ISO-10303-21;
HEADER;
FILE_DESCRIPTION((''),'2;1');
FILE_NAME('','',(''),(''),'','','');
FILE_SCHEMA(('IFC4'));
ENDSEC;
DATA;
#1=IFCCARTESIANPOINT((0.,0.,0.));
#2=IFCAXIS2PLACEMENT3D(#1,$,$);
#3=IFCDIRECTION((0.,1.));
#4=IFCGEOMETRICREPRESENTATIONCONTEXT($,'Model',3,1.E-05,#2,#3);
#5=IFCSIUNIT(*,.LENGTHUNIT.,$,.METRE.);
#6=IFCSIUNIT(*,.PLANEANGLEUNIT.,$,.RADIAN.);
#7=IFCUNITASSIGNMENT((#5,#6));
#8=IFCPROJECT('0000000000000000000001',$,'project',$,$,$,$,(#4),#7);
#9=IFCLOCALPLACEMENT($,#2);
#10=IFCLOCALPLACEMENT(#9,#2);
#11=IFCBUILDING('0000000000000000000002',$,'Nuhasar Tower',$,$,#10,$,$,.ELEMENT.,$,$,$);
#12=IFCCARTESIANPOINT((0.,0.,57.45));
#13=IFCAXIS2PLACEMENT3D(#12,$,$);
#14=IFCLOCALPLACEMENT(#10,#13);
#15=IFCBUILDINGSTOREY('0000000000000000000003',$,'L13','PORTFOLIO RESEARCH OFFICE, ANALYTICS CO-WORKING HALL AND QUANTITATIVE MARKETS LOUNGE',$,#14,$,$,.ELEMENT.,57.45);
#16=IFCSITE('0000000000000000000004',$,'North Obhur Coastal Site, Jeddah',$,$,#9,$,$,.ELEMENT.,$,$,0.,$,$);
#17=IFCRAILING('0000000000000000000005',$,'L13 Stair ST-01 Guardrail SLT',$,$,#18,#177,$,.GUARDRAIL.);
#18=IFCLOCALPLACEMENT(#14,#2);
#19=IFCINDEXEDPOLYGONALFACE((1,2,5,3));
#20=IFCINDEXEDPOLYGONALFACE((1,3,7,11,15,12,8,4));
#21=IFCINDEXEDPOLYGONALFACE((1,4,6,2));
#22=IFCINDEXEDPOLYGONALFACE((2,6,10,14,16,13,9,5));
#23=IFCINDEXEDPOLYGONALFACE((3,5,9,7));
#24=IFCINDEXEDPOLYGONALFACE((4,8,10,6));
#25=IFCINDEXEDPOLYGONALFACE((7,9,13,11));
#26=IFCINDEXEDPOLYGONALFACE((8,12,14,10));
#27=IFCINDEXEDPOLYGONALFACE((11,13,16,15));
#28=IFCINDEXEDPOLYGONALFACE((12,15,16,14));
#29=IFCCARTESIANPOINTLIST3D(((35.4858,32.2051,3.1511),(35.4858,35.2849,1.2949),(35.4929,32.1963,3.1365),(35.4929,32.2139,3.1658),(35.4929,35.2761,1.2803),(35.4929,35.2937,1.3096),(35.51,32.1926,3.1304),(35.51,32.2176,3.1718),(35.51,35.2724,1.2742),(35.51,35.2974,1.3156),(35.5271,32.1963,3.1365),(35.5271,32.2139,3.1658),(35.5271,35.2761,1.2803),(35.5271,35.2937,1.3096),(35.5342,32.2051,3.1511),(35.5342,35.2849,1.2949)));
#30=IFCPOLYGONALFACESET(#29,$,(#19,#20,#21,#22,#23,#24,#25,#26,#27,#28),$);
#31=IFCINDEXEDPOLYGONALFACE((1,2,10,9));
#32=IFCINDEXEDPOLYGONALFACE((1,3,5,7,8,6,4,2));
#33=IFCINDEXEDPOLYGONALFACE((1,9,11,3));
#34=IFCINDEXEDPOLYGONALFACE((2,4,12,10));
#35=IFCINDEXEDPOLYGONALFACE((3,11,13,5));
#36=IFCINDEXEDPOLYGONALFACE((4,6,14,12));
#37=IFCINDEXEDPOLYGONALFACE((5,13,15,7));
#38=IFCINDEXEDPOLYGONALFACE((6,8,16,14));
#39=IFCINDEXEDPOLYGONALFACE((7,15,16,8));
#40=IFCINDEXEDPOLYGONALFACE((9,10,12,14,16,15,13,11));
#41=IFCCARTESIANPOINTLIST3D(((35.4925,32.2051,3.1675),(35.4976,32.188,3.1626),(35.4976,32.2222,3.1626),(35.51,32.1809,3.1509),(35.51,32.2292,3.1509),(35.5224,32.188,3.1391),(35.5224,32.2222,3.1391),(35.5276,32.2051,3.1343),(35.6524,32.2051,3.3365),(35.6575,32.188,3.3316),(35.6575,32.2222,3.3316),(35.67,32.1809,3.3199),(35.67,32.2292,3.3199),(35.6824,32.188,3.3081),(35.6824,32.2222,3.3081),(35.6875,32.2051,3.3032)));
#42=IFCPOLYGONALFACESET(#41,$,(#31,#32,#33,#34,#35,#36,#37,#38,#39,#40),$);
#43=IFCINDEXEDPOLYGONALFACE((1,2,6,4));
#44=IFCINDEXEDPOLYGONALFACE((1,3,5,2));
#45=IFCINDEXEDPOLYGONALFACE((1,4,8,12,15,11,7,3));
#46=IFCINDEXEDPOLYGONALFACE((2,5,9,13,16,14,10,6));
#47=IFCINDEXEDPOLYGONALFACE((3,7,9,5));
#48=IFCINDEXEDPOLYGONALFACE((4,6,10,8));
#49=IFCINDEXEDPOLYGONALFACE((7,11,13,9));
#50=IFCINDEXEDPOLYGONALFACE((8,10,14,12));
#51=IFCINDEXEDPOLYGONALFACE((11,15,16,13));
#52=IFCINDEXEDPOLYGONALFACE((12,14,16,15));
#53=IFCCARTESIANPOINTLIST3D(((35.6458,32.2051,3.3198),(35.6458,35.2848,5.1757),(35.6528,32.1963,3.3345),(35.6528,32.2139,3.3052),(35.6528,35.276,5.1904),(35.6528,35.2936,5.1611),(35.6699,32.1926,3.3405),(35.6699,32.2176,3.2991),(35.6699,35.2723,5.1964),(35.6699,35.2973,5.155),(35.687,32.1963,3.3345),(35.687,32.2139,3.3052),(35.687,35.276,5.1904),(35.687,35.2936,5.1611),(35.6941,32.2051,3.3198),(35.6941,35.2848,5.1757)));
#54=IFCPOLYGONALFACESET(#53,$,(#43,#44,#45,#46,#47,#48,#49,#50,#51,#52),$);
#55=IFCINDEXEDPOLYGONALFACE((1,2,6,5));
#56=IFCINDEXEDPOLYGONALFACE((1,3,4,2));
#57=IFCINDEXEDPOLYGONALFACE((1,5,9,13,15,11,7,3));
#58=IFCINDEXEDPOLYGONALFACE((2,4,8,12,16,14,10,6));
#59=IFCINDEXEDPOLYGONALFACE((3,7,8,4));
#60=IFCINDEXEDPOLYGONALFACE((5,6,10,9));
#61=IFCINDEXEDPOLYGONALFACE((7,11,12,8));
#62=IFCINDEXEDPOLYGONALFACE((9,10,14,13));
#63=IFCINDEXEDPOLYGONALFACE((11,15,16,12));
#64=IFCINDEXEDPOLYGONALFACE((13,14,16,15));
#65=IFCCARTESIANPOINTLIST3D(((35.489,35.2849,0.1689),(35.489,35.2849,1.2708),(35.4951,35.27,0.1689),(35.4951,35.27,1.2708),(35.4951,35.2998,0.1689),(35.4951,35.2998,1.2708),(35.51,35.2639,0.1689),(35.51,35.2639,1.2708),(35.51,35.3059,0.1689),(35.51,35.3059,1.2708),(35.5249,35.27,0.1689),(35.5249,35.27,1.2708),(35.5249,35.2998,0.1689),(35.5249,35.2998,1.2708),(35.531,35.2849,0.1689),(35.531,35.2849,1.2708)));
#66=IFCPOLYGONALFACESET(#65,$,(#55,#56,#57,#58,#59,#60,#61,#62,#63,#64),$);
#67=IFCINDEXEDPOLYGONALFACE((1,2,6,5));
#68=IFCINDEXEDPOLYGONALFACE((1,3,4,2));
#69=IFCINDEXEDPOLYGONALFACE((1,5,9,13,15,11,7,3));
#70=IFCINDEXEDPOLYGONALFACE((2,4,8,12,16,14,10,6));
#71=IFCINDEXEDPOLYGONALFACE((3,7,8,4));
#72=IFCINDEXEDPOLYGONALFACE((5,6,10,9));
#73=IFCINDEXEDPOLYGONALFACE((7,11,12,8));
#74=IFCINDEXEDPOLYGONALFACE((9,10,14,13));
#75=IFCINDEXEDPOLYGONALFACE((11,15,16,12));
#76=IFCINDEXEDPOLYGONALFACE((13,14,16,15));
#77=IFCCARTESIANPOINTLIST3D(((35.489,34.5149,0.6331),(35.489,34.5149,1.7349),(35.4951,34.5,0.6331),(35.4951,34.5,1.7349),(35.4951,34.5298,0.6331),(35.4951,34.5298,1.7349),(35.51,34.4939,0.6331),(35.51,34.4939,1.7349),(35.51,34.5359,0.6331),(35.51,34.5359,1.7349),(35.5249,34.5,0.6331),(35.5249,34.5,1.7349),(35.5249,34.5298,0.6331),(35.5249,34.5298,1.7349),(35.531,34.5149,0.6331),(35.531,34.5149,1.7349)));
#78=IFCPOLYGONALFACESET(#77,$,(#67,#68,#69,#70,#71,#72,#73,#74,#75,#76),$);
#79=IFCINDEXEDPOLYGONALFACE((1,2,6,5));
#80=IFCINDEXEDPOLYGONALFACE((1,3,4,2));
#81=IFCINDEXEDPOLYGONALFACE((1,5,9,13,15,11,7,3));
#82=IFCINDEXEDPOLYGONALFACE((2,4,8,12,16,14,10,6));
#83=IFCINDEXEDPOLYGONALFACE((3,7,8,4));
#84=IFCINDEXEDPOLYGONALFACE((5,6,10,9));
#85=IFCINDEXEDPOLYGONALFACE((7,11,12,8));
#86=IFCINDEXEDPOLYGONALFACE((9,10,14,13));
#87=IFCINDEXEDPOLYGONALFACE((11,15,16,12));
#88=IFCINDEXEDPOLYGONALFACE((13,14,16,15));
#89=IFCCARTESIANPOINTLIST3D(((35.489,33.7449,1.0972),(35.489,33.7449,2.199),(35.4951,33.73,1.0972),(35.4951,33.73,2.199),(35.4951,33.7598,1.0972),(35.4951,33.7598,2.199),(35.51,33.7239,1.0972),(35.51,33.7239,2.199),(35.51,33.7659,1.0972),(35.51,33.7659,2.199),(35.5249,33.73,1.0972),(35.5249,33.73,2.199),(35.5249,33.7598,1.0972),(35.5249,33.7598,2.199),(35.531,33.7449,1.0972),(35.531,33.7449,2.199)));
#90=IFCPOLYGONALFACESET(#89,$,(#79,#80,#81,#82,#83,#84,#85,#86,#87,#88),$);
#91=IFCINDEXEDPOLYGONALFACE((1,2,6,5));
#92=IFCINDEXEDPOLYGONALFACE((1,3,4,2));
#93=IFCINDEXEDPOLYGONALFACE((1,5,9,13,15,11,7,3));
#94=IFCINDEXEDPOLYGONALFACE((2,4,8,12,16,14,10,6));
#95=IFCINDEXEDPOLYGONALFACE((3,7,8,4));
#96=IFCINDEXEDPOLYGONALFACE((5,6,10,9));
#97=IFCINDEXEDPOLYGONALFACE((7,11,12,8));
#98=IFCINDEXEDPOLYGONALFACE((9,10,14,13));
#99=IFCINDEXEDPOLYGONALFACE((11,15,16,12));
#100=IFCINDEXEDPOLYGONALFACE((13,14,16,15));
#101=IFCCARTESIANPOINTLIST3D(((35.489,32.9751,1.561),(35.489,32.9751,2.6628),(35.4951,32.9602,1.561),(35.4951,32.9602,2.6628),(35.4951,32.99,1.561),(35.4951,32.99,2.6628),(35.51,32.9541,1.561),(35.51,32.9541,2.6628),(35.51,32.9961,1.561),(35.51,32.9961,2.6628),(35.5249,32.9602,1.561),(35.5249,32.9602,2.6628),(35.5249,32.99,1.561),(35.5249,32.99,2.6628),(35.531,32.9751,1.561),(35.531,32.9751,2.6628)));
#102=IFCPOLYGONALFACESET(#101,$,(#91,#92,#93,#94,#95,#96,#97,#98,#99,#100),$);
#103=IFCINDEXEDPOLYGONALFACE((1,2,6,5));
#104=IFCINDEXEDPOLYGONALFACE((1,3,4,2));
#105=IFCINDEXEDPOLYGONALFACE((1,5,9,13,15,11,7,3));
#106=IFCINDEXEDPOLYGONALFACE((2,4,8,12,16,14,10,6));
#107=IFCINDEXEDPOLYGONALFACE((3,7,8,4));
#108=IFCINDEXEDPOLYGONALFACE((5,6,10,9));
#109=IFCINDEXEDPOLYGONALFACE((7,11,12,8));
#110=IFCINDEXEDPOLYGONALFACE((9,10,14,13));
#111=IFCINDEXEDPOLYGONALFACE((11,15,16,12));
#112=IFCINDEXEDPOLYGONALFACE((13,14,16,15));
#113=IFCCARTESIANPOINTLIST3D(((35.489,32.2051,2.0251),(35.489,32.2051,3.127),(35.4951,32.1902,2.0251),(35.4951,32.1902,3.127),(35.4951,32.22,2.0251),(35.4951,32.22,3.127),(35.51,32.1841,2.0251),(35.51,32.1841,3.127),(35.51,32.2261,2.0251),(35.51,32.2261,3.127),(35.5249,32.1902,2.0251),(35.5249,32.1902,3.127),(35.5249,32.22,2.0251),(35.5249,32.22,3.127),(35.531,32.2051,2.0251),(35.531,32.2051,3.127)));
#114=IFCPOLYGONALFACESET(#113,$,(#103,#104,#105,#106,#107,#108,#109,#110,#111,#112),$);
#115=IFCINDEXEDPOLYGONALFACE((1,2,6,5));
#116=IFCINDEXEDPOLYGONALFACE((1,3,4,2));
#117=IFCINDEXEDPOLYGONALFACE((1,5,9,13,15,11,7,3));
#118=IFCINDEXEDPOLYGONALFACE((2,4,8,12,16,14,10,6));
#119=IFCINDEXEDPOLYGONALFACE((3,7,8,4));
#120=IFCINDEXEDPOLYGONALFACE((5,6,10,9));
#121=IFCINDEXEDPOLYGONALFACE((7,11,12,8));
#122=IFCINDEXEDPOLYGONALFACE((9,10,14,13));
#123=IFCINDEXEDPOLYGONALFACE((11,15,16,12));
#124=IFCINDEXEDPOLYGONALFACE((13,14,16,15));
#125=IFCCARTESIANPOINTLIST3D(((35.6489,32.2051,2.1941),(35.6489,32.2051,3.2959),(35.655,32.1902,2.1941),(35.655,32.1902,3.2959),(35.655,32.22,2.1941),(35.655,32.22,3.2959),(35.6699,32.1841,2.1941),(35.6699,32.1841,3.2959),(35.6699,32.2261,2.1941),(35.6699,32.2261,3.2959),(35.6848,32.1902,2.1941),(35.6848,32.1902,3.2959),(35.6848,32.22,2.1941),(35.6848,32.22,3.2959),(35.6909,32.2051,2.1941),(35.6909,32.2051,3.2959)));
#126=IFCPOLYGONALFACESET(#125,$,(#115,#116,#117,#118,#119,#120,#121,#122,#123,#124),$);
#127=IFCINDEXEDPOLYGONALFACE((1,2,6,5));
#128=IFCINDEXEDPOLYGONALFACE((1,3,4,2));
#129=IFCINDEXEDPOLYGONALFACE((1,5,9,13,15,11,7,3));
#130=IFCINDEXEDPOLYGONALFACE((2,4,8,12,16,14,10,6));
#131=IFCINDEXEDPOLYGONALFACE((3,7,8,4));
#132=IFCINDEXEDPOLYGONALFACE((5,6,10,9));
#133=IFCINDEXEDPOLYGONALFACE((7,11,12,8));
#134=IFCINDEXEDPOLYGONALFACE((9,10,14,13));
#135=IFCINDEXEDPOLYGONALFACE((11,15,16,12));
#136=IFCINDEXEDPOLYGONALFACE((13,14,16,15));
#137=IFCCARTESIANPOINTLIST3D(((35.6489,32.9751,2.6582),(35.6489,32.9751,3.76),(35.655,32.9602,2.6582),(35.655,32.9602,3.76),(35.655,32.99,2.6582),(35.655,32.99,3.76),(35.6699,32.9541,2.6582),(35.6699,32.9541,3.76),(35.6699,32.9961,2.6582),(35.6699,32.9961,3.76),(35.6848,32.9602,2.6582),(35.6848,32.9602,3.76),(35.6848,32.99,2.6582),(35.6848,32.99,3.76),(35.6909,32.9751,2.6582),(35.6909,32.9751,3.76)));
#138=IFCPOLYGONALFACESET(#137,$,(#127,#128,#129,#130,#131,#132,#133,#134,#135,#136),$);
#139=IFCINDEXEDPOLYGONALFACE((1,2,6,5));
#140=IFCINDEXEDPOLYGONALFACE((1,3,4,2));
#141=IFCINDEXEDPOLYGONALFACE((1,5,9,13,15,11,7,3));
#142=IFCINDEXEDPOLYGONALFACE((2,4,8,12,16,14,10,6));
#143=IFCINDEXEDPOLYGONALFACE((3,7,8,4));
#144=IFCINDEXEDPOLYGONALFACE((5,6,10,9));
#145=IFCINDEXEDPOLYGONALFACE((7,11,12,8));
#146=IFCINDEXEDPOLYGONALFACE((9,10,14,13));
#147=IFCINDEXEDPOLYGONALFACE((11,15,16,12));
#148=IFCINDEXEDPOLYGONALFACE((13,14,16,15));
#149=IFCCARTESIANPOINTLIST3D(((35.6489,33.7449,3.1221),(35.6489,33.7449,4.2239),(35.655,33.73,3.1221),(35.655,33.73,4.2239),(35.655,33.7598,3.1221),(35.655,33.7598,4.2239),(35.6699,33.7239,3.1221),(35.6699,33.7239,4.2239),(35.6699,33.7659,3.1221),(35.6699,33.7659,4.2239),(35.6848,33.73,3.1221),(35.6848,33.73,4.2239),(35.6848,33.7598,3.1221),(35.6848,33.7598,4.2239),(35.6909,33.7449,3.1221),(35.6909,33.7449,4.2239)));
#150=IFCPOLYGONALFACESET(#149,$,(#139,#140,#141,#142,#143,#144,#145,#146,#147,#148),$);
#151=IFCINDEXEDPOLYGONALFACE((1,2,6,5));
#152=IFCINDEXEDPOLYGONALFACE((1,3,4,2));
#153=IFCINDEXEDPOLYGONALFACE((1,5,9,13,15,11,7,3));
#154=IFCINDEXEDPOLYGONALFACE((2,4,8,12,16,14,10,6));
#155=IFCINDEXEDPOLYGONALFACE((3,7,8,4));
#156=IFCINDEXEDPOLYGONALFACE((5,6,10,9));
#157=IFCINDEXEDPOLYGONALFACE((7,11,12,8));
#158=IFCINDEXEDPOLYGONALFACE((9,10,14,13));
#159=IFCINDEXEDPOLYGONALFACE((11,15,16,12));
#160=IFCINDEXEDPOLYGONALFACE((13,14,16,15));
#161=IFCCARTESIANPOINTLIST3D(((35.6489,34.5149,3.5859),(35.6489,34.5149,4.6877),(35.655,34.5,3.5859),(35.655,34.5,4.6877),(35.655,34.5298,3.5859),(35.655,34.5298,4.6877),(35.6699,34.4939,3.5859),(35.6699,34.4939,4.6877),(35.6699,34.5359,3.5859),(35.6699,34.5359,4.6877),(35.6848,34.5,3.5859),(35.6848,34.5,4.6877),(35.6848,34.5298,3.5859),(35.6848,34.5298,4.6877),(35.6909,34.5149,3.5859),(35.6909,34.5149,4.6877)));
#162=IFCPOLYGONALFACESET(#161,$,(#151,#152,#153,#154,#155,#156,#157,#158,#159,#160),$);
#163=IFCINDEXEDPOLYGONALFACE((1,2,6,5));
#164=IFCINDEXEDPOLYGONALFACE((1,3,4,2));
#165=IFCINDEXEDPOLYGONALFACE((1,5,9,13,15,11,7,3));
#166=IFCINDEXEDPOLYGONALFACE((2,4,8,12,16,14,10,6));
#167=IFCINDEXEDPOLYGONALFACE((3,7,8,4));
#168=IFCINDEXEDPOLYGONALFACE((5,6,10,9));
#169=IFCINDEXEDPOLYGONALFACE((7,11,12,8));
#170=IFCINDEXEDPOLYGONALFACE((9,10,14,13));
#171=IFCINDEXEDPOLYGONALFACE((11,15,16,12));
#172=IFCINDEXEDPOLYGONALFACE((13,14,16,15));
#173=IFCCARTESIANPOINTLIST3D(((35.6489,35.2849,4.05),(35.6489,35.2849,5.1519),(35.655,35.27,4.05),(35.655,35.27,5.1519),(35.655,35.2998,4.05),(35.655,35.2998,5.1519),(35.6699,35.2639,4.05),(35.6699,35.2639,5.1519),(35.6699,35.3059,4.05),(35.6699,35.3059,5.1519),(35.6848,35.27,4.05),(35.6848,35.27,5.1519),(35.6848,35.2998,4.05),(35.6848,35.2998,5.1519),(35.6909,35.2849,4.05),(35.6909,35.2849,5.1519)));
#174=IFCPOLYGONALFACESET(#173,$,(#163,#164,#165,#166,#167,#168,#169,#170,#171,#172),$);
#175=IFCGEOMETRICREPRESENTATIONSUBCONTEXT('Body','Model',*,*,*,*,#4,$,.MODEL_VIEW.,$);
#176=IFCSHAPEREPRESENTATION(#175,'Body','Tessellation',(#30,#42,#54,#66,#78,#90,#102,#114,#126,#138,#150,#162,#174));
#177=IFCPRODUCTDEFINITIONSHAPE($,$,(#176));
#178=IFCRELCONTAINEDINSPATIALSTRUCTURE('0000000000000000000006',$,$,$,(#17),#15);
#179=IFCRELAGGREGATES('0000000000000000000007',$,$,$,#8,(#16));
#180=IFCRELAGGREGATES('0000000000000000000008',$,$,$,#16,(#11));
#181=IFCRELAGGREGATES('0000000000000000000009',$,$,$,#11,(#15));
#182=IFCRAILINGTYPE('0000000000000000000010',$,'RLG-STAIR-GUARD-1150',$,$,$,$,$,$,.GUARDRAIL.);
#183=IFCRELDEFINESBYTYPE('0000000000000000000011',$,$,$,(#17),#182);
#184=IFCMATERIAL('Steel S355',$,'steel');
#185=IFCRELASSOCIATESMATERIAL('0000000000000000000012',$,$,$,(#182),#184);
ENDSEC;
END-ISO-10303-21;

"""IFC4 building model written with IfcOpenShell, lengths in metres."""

from ifc_helpers import new_model, si_unit, direction, frame, origin, place, context, subcontext, project, spatial, polyline, outline, extrude, material, type_object, element, save


model = new_model("IFC4")

# Units and contexts
model_context = context("Model", 3, precision=1e-05, world=origin(), true_north=direction((0.0, 1.0)))
body_context = subcontext(model_context, "Body", "Model", "MODEL_VIEW")
ifc_project = project(units=[si_unit("LENGTHUNIT", "METRE"), si_unit("PLANEANGLEUNIT", "RADIAN")], contexts=[model_context])

# Site, building, storey
site_placement = place(None, origin())
site = spatial("IfcSite", under=ifc_project, at=site_placement, Name="North Obhur Coastal Site, Jeddah", CompositionType="ELEMENT", RefElevation=0.0)
building_placement = place(site_placement, origin())
building = spatial("IfcBuilding", under=site, at=building_placement, Name="Nuhasar Tower", CompositionType="ELEMENT")
storey_placement = place(building_placement, frame((0.0, 0.0, 57.45)))
storey = spatial("IfcBuildingStorey", under=building, at=storey_placement, Name="L13", Description="PORTFOLIO RESEARCH OFFICE, ANALYTICS CO-WORKING HALL AND QUANTITATIVE MARKETS LOUNGE", CompositionType="ELEMENT", Elevation=57.45)

# Shared definitions
ifc_material_1 = material(Name="Steel S355", Category="steel")

# Railing
railing_type_1 = type_object("IfcRailingType", Name="RLG-STAIR-GUARD-1150", PredefinedType="GUARDRAIL", material=ifc_material_1)
railing_1_placement = place(storey_placement, frame((35.51, 35.2849, 0.1689)))
element("IfcRailing", 1, at=railing_1_placement, inside=storey, type_object=railing_type_1, Name="L13 Stair ST-01 Guardrail SLT", PredefinedType="GUARDRAIL", context=body_context, shape_type="SweptSolid", body=[
    extrude(outline(polyline([(0.0242, 0.0), (0.0171, 0.0171), (0.0, 0.0242), (-0.0171, 0.0171), (-0.0242, 0.0), (-0.0171, -0.0171), (0.0, -0.0242), (0.0171, -0.0171), (0.0242, 0.0)])), frame((0.0, 0.0, 1.126), z_axis=(0.0, -0.856473, 0.516192), x_axis=(1.0, 0.0, 0.0)), (0.0, 0.0, 1.0), 3.5959),
    extrude(outline(polyline([(0.0242, 0.0), (0.0171, 0.0171), (0.0, 0.0242), (-0.0171, 0.0171), (-0.0242, 0.0), (-0.0171, -0.0171), (0.0, -0.0242), (0.0171, -0.0171), (0.0242, 0.0)])), frame((0.0, -3.0798, 2.9819), z_axis=(0.687424, 0.0, 0.726256), x_axis=(0.0, 1.0, 0.0)), (0.0, 0.0, 1.0), 0.2327),
    extrude(outline(polyline([(0.0242, 0.0), (0.0171, 0.0171), (0.0, 0.0242), (-0.0171, 0.0171), (-0.0242, 0.0), (-0.0171, -0.0171), (0.0, -0.0242), (0.0171, -0.0171), (0.0242, 0.0)])), frame((0.1599, -3.0798, 3.1509), z_axis=(0.0, 0.856503, 0.516142), x_axis=(-1.0, 0.0, 0.0)), (0.0, 0.0, 1.0), 3.5957),
    extrude(outline(polyline([(0.021, 0.0), (0.0149, 0.0149), (0.0, 0.021), (-0.0149, 0.0149), (-0.021, 0.0), (-0.0149, -0.0149), (0.0, -0.021), (0.0149, -0.0149), (0.021, 0.0)])), origin(), (0.0, 0.0, 1.0), 1.1018),
    extrude(outline(polyline([(0.021, 0.0), (0.0149, 0.0149), (0.0, 0.021), (-0.0149, 0.0149), (-0.021, 0.0), (-0.0149, -0.0149), (0.0, -0.021), (0.0149, -0.0149), (0.021, 0.0)])), frame((0.0, -0.77, 0.4641)), (0.0, 0.0, 1.0), 1.1018),
    extrude(outline(polyline([(0.021, 0.0), (0.0149, 0.0149), (0.0, 0.021), (-0.0149, 0.0149), (-0.021, 0.0), (-0.0149, -0.0149), (0.0, -0.021), (0.0149, -0.0149), (0.021, 0.0)])), frame((0.0, -1.54, 0.9282)), (0.0, 0.0, 1.0), 1.1018),
    extrude(outline(polyline([(0.021, 0.0), (0.0149, 0.0149), (0.0, 0.021), (-0.0149, 0.0149), (-0.021, 0.0), (-0.0149, -0.0149), (0.0, -0.021), (0.0149, -0.0149), (0.021, 0.0)])), frame((0.0, -2.3098, 1.3921)), (0.0, 0.0, 1.0), 1.1018),
    extrude(outline(polyline([(0.021, 0.0), (0.0149, 0.0149), (0.0, 0.021), (-0.0149, 0.0149), (-0.021, 0.0), (-0.0149, -0.0149), (0.0, -0.021), (0.0149, -0.0149), (0.021, 0.0)])), frame((0.0, -3.0798, 1.8562)), (0.0, 0.0, 1.0), 1.1018),
    extrude(outline(polyline([(0.021, 0.0), (0.0149, 0.0149), (0.0, 0.021), (-0.0149, 0.0149), (-0.021, 0.0), (-0.0149, -0.0149), (0.0, -0.021), (0.0149, -0.0149), (0.021, 0.0)])), frame((0.1599, -3.0798, 2.0251)), (0.0, 0.0, 1.0), 1.1018),
    extrude(outline(polyline([(0.021, 0.0), (0.0149, 0.0149), (0.0, 0.021), (-0.0149, 0.0149), (-0.021, 0.0), (-0.0149, -0.0149), (0.0, -0.021), (0.0149, -0.0149), (0.021, 0.0)])), frame((0.1599, -2.3098, 2.4893)), (0.0, 0.0, 1.0), 1.1018),
    extrude(outline(polyline([(0.021, 0.0), (0.0149, 0.0149), (0.0, 0.021), (-0.0149, 0.0149), (-0.021, 0.0), (-0.0149, -0.0149), (0.0, -0.021), (0.0149, -0.0149), (0.021, 0.0)])), frame((0.1599, -1.54, 2.9531)), (0.0, 0.0, 1.0), 1.1018),
    extrude(outline(polyline([(0.021, 0.0), (0.0149, 0.0149), (0.0, 0.021), (-0.0149, 0.0149), (-0.021, 0.0), (-0.0149, -0.0149), (0.0, -0.021), (0.0149, -0.0149), (0.021, 0.0)])), frame((0.1599, -0.77, 3.417)), (0.0, 0.0, 1.0), 1.1018),
    extrude(outline(polyline([(0.021, 0.0), (0.0149, 0.0149), (0.0, 0.021), (-0.0149, 0.0149), (-0.021, 0.0), (-0.0149, -0.0149), (0.0, -0.021), (0.0149, -0.0149), (0.021, 0.0)])), frame((0.1599, 0.0, 3.8811)), (0.0, 0.0, 1.0), 1.1018),
])

save(model, "model.ifc")
